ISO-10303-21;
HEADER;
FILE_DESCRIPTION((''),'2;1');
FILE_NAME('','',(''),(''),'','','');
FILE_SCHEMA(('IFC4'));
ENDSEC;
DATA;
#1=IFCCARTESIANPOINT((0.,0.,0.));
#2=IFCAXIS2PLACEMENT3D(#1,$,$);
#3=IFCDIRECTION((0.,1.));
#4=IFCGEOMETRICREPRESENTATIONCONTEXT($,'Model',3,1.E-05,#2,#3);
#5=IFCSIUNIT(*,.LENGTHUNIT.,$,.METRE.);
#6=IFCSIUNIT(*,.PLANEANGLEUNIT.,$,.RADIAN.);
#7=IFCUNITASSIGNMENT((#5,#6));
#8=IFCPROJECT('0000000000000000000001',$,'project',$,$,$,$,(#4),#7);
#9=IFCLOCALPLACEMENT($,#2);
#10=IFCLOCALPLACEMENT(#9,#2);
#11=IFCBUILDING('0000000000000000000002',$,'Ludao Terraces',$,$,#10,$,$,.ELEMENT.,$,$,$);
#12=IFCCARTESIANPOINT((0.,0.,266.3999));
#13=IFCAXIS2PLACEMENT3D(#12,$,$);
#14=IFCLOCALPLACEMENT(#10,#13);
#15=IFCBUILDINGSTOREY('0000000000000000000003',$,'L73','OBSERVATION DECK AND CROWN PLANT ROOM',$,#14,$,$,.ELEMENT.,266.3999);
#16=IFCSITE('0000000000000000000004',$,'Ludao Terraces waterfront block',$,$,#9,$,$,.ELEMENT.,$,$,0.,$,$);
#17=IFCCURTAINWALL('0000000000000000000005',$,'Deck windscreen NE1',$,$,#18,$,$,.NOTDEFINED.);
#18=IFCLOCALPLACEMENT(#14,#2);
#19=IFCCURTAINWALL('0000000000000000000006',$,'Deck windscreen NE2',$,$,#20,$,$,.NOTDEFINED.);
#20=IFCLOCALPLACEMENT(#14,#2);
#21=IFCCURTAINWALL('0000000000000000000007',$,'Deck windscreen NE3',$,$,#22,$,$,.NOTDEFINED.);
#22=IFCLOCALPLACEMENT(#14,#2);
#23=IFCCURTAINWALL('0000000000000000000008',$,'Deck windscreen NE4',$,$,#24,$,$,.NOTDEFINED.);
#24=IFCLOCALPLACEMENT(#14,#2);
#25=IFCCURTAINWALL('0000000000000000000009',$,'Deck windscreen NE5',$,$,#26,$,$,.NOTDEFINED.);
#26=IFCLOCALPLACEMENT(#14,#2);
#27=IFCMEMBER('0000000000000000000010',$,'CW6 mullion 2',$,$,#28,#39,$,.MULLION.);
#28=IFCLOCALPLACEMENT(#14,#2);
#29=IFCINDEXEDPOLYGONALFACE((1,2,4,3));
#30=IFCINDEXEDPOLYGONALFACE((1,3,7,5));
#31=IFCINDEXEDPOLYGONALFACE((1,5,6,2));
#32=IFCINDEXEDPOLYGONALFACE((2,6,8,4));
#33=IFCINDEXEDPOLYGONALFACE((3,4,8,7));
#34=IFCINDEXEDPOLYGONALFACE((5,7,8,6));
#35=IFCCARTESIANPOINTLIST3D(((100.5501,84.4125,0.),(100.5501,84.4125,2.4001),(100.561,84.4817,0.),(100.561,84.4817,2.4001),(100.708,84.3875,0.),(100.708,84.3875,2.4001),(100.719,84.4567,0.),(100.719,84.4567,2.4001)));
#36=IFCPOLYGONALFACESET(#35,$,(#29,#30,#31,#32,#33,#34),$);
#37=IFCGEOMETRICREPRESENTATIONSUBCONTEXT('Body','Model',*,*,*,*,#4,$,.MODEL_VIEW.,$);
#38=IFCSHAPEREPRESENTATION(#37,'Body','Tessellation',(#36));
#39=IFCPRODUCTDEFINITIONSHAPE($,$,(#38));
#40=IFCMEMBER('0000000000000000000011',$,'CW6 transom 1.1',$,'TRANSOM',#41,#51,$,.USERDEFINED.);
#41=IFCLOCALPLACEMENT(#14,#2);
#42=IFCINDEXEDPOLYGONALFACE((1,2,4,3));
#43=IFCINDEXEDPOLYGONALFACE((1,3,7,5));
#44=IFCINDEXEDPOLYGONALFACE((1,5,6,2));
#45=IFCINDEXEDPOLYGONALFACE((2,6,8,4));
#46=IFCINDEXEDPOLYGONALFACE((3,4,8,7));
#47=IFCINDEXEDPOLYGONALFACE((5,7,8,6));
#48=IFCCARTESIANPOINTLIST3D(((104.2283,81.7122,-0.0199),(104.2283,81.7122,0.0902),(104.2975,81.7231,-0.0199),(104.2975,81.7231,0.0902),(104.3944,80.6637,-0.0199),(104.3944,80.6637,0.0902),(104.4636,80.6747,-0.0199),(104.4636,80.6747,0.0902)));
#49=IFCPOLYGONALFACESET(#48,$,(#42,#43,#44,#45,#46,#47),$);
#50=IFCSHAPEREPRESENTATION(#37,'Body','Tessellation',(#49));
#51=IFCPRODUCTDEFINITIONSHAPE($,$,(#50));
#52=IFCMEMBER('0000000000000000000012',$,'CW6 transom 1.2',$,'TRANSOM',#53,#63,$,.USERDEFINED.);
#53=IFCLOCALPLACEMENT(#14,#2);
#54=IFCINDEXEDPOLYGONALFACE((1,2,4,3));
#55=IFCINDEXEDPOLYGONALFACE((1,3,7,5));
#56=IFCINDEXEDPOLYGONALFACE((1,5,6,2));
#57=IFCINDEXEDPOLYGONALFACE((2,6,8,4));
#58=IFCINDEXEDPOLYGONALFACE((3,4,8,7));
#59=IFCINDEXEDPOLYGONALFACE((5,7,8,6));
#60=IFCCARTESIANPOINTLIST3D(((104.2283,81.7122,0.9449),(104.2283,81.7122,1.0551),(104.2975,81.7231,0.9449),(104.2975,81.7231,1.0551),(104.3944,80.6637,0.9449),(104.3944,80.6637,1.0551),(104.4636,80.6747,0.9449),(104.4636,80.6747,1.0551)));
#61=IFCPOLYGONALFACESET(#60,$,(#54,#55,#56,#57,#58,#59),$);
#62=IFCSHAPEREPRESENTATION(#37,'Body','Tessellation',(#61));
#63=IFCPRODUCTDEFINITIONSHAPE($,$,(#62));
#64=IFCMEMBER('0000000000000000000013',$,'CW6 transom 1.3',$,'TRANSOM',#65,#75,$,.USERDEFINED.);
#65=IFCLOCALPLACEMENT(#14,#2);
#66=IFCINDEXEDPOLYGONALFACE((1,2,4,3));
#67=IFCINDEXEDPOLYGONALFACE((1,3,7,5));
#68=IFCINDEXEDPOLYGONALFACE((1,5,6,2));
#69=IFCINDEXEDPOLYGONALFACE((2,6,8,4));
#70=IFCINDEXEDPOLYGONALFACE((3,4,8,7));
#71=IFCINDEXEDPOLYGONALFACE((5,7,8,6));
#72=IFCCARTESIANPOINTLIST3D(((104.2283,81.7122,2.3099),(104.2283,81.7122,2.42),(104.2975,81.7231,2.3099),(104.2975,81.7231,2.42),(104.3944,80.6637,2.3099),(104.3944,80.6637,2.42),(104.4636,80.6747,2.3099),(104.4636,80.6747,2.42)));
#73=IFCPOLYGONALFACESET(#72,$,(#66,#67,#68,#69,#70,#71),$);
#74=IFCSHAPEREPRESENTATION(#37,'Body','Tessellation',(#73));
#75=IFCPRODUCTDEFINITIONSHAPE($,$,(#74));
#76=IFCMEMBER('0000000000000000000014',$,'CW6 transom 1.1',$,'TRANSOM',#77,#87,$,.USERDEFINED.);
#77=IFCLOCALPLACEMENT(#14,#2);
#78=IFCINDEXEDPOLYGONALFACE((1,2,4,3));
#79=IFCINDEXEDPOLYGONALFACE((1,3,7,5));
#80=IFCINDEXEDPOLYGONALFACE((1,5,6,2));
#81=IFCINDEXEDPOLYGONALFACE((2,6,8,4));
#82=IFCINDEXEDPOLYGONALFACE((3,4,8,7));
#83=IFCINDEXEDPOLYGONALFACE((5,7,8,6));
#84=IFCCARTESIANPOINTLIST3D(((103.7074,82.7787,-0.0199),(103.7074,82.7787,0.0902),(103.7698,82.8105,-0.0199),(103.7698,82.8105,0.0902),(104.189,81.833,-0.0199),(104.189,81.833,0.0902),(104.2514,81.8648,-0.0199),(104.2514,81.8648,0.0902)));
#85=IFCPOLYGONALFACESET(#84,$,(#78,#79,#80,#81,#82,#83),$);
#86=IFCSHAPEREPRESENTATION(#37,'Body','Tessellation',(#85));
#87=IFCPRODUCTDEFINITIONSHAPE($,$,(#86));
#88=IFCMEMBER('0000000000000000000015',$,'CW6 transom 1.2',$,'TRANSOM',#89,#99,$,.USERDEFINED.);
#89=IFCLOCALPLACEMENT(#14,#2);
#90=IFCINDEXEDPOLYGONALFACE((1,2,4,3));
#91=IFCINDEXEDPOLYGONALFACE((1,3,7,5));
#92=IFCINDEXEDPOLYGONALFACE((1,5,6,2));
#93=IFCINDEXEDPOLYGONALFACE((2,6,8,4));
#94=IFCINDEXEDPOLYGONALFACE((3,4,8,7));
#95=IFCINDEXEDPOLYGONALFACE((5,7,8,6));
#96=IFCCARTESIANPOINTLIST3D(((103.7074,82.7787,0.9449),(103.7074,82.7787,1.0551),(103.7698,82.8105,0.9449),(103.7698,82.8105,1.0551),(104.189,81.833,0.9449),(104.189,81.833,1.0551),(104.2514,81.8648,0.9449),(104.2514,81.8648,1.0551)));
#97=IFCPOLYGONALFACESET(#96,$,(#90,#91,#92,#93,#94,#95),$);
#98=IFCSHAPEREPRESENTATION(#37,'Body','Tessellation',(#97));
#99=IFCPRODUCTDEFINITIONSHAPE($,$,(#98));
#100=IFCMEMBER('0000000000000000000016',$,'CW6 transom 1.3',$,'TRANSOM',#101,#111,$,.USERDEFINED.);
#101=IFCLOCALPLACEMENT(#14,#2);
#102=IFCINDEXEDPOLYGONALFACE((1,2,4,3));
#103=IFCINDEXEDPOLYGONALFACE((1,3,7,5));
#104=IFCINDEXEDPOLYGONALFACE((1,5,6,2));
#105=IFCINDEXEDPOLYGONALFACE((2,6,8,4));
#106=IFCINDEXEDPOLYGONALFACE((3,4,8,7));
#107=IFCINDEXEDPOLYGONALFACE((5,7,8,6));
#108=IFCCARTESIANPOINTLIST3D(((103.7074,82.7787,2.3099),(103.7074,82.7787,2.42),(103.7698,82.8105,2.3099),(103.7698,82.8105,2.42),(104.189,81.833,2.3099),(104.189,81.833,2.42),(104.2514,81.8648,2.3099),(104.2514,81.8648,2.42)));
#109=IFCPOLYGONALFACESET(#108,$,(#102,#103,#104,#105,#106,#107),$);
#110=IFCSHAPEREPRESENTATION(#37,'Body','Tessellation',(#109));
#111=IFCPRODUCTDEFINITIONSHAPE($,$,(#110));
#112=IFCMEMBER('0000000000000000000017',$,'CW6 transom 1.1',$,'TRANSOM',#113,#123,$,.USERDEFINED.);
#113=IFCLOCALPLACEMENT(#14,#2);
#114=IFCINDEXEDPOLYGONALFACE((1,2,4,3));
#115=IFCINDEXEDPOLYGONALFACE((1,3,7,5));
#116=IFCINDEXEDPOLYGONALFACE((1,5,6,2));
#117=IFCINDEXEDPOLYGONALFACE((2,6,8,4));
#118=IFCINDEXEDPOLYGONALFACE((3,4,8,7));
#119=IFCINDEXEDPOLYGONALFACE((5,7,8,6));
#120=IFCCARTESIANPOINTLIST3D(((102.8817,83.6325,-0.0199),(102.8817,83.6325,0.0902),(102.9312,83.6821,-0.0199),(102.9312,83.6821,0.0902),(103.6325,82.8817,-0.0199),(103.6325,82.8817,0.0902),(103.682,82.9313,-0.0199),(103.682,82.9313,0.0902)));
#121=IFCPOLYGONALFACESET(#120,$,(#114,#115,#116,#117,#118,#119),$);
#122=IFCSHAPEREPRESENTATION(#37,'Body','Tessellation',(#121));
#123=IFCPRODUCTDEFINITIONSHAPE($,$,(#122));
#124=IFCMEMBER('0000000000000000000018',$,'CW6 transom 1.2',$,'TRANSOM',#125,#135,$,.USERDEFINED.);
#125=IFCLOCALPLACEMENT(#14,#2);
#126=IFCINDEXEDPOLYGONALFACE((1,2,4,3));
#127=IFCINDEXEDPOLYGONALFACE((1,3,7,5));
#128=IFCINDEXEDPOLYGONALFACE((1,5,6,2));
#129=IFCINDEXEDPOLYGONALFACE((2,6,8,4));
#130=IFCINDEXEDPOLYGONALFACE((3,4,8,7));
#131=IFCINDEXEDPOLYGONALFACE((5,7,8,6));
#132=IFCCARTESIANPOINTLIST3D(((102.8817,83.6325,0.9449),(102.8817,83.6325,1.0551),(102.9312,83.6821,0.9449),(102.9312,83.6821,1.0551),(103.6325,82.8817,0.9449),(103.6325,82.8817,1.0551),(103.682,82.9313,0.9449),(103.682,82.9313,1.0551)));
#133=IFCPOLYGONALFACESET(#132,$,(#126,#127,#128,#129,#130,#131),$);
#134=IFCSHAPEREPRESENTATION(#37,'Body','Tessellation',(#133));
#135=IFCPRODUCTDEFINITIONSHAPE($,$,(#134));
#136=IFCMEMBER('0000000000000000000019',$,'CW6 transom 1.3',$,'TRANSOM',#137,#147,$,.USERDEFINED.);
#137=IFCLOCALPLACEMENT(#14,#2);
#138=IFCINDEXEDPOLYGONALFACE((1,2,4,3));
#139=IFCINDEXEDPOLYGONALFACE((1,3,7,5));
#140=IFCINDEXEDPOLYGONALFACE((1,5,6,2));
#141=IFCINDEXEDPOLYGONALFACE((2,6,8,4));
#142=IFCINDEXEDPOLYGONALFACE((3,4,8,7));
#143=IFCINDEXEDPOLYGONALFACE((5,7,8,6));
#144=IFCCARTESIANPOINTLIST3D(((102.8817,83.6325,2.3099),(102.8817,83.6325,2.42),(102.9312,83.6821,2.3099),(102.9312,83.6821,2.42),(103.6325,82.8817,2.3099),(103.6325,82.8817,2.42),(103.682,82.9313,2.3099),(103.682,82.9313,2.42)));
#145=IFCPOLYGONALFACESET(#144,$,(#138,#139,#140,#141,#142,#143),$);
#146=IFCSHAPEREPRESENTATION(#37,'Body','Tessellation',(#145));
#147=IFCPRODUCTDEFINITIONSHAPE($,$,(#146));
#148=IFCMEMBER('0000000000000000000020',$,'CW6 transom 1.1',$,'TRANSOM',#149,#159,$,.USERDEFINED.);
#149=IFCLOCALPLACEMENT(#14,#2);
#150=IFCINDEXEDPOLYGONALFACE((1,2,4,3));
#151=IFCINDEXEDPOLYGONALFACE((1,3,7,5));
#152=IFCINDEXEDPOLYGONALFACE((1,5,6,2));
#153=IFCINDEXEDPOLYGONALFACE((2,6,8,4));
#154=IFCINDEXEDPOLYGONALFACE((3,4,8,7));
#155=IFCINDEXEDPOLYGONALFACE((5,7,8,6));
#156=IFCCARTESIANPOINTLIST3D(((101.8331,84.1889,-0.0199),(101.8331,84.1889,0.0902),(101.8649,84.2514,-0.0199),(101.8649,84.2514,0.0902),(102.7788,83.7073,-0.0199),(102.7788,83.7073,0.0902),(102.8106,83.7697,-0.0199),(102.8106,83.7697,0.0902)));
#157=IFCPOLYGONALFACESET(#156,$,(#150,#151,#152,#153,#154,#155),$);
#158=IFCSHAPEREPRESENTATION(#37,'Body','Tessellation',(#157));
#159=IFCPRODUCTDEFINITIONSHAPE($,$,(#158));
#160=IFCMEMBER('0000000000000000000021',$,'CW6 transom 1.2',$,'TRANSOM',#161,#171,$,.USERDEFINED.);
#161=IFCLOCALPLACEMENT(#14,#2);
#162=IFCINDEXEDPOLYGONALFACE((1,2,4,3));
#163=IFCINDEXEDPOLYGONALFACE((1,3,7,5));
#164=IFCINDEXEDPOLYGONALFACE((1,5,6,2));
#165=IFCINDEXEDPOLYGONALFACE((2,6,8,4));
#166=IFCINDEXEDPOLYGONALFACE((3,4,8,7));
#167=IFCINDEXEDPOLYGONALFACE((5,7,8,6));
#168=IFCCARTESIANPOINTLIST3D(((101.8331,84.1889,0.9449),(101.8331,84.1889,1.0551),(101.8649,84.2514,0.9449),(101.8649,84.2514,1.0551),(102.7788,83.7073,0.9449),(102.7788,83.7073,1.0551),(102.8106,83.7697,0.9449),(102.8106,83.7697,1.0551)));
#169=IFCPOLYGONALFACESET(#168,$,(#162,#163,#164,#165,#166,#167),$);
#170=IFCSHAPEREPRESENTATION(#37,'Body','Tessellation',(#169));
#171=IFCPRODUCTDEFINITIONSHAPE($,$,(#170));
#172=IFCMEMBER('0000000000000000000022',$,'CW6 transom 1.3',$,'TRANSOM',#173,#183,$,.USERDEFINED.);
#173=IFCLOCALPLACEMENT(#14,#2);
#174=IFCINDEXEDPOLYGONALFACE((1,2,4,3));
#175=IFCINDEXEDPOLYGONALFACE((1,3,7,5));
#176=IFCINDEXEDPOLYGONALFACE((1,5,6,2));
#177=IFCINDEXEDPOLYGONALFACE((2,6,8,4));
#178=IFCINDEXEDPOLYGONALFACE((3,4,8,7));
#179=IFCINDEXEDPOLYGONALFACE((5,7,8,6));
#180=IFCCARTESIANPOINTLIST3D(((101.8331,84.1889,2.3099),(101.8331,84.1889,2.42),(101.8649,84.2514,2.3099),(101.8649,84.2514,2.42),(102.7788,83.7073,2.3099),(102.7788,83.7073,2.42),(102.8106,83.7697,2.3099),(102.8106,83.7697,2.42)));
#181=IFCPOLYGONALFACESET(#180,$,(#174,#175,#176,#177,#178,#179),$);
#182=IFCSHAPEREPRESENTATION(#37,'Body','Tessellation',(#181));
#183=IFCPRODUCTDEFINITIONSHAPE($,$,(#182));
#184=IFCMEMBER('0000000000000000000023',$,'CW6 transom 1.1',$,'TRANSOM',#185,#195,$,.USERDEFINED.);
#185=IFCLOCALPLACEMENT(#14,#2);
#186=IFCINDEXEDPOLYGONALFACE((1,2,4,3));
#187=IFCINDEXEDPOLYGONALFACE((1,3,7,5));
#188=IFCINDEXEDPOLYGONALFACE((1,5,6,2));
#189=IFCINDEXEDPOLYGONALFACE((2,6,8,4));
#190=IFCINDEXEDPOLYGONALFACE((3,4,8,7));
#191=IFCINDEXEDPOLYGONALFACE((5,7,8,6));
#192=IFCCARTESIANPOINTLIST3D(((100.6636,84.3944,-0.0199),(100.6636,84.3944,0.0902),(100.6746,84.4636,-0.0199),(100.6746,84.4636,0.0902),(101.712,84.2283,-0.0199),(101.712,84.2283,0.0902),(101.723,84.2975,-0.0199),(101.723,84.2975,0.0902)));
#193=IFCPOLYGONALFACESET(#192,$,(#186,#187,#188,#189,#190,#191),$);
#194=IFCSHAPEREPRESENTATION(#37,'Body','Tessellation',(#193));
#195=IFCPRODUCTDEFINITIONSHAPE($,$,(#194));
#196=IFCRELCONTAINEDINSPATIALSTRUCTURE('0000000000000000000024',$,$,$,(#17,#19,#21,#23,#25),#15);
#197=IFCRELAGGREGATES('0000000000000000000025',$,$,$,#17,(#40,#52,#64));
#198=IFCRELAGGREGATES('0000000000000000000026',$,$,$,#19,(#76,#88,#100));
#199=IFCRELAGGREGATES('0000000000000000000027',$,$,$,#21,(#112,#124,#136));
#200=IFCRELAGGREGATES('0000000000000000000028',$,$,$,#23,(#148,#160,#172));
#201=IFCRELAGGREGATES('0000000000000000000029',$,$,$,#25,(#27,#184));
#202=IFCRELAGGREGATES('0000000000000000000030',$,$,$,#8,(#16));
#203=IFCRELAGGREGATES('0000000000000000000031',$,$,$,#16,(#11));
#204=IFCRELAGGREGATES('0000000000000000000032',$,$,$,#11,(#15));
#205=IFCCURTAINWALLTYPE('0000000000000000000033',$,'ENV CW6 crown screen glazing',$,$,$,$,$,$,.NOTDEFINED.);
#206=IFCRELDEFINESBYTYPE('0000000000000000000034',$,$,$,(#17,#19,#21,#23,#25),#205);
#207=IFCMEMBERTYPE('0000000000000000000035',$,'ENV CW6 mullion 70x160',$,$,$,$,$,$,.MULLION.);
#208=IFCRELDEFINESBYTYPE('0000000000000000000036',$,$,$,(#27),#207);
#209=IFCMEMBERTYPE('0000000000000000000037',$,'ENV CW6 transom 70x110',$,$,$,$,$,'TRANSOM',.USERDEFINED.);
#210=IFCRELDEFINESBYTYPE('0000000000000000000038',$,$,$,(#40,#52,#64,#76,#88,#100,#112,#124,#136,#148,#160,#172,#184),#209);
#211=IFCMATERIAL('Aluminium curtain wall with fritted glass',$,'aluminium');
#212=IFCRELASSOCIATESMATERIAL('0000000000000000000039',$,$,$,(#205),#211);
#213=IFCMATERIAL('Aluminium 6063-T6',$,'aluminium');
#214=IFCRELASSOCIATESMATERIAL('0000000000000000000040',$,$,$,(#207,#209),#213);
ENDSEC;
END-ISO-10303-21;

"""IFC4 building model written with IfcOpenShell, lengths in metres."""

from ifc_helpers import new_model, si_unit, direction, frame, origin, origin_2d, place, context, subcontext, project, spatial, rectangle, extrude, material, material_profile, profile_set, type_object, element, aggregate, save


model = new_model("IFC4")

# Units and contexts
model_context = context("Model", 3, precision=1e-05, world=origin(), true_north=direction((0.0, 1.0)))
body_context = subcontext(model_context, "Body", "Model", "MODEL_VIEW")
ifc_project = project(units=[si_unit("LENGTHUNIT", "METRE"), si_unit("PLANEANGLEUNIT", "RADIAN")], contexts=[model_context])

# Site, building, storey
site_placement = place(None, origin())
site = spatial("IfcSite", under=ifc_project, at=site_placement, Name="Ludao Terraces waterfront block", CompositionType="ELEMENT", RefElevation=0.0)
building_placement = place(site_placement, origin())
building = spatial("IfcBuilding", under=site, at=building_placement, Name="Ludao Terraces", CompositionType="ELEMENT")
storey_placement = place(building_placement, frame((0.0, 0.0, 266.3999)))
storey = spatial("IfcBuildingStorey", under=building, at=storey_placement, Name="L73", Description="OBSERVATION DECK AND CROWN PLANT ROOM", CompositionType="ELEMENT", Elevation=266.3999)

# Shared definitions
ifc_material_1 = material(Name="Aluminium curtain wall with fritted glass", Category="aluminium")
curtain_wall_type = type_object("IfcCurtainWallType", Name="ENV CW6 crown screen glazing", PredefinedType="NOTDEFINED", material=ifc_material_1)
ifc_material_2 = material(Name="Aluminium 6063-T6", Category="aluminium")
ifc_material_profile_1 = material_profile(ifc_material_2, rectangle(XDim=0.0701, YDim=0.1599, at=origin_2d()), Name="70 X 160")
ifc_profile_set_1 = profile_set([ifc_material_profile_1], Name="Aluminium 6063-T6")
member_type_1 = type_object("IfcMemberType", Name="ENV CW6 mullion 70x160", PredefinedType="MULLION", material=ifc_profile_set_1)

# Curtain walls, member
curtain_wall_1_placement = place(storey_placement, origin())
curtain_wall_1 = element("IfcCurtainWall", 1, at=curtain_wall_1_placement, inside=storey, type_object=curtain_wall_type, Name="Deck windscreen NE1", PredefinedType="NOTDEFINED")
curtain_wall_2_placement = place(storey_placement, origin())
curtain_wall_2 = element("IfcCurtainWall", 2, at=curtain_wall_2_placement, inside=storey, type_object=curtain_wall_type, Name="Deck windscreen NE2", PredefinedType="NOTDEFINED")
curtain_wall_3_placement = place(storey_placement, origin())
curtain_wall_3 = element("IfcCurtainWall", 3, at=curtain_wall_3_placement, inside=storey, type_object=curtain_wall_type, Name="Deck windscreen NE3", PredefinedType="NOTDEFINED")
curtain_wall_4_placement = place(storey_placement, origin())
curtain_wall_4 = element("IfcCurtainWall", 4, at=curtain_wall_4_placement, inside=storey, type_object=curtain_wall_type, Name="Deck windscreen NE4", PredefinedType="NOTDEFINED")
curtain_wall_5_placement = place(storey_placement, origin())
curtain_wall_5 = element("IfcCurtainWall", 5, at=curtain_wall_5_placement, inside=storey, type_object=curtain_wall_type, Name="Deck windscreen NE5", PredefinedType="NOTDEFINED")
member_1_placement = place(storey_placement, frame((100.6345, 84.4346, 0.0), z_axis=(0.0, 0.0, 1.0), x_axis=(-0.156435, -0.987688, 0.0)))
member_1 = element("IfcMember", 6, at=member_1_placement, type_object=member_type_1, Name="CW6 mullion 2", PredefinedType="MULLION", context=body_context, shape_type="SweptSolid", body=[
    extrude(rectangle(XDim=0.0701, YDim=0.1599, at=origin_2d()), origin(), (0.0, 0.0, 1.0), 2.4001),
])

# Members
ifc_material_profile_2 = material_profile(ifc_material_2, rectangle(XDim=0.0701, YDim=0.1101, at=origin_2d()), Name="70 X 110")
ifc_profile_set_2 = profile_set([ifc_material_profile_2], Name="Aluminium 6063-T6")
member_type_2 = type_object("IfcMemberType", Name="ENV CW6 transom 70x110", ElementType="TRANSOM", PredefinedType="USERDEFINED", material=ifc_profile_set_2)
member_2_placement = place(storey_placement, frame((104.429, 80.6692, 0.0352), z_axis=(-0.156411, 0.987692, 0.0), x_axis=(-0.987692, -0.156411, 0.0)))
member_2 = element("IfcMember", 7, at=member_2_placement, type_object=member_type_2, Name="CW6 transom 1.1", ObjectType="TRANSOM", PredefinedType="USERDEFINED", context=body_context, shape_type="SweptSolid", body=[
    extrude(rectangle(XDim=0.0701, YDim=0.1101, at=origin_2d()), origin(), (0.0, 0.0, 1.0), 1.0615),
])
member_3_placement = place(storey_placement, frame((104.429, 80.6692, 1.0), z_axis=(-0.156411, 0.987692, 0.0), x_axis=(-0.987692, -0.156411, 0.0)))
member_3 = element("IfcMember", 8, at=member_3_placement, type_object=member_type_2, Name="CW6 transom 1.2", ObjectType="TRANSOM", PredefinedType="USERDEFINED", context=body_context, shape_type="SweptSolid", body=[
    extrude(rectangle(XDim=0.0701, YDim=0.1101, at=origin_2d()), origin(), (0.0, 0.0, 1.0), 1.0615),
])
member_4_placement = place(storey_placement, frame((104.429, 80.6692, 2.365), z_axis=(-0.156411, 0.987692, 0.0), x_axis=(-0.987692, -0.156411, 0.0)))
member_4 = element("IfcMember", 9, at=member_4_placement, type_object=member_type_2, Name="CW6 transom 1.3", ObjectType="TRANSOM", PredefinedType="USERDEFINED", context=body_context, shape_type="SweptSolid", body=[
    extrude(rectangle(XDim=0.0701, YDim=0.1101, at=origin_2d()), origin(), (0.0, 0.0, 1.0), 1.0615),
])
member_5_placement = place(storey_placement, frame((104.2202, 81.8489, 0.0352), z_axis=(-0.453826, 0.89109, 0.0), x_axis=(-0.89109, -0.453826, 0.0)))
member_5 = element("IfcMember", 10, at=member_5_placement, type_object=member_type_2, Name="CW6 transom 1.1", ObjectType="TRANSOM", PredefinedType="USERDEFINED", context=body_context, shape_type="SweptSolid", body=[
    extrude(rectangle(XDim=0.0701, YDim=0.1101, at=origin_2d()), origin(), (0.0, 0.0, 1.0), 1.0613),
])
member_6_placement = place(storey_placement, frame((104.2202, 81.8489, 1.0), z_axis=(-0.453826, 0.89109, 0.0), x_axis=(-0.89109, -0.453826, 0.0)))
member_6 = element("IfcMember", 11, at=member_6_placement, type_object=member_type_2, Name="CW6 transom 1.2", ObjectType="TRANSOM", PredefinedType="USERDEFINED", context=body_context, shape_type="SweptSolid", body=[
    extrude(rectangle(XDim=0.0701, YDim=0.1101, at=origin_2d()), origin(), (0.0, 0.0, 1.0), 1.0613),
])
member_7_placement = place(storey_placement, frame((104.2202, 81.8489, 2.365), z_axis=(-0.453826, 0.89109, 0.0), x_axis=(-0.89109, -0.453826, 0.0)))
member_7 = element("IfcMember", 12, at=member_7_placement, type_object=member_type_2, Name="CW6 transom 1.3", ObjectType="TRANSOM", PredefinedType="USERDEFINED", context=body_context, shape_type="SweptSolid", body=[
    extrude(rectangle(XDim=0.0701, YDim=0.1101, at=origin_2d()), origin(), (0.0, 0.0, 1.0), 1.0613),
])
member_8_placement = place(storey_placement, frame((103.6572, 82.9065, 0.0352), z_axis=(-0.707107, 0.707107, 0.0), x_axis=(-0.707107, -0.707107, 0.0)))
member_8 = element("IfcMember", 13, at=member_8_placement, type_object=member_type_2, Name="CW6 transom 1.1", ObjectType="TRANSOM", PredefinedType="USERDEFINED", context=body_context, shape_type="SweptSolid", body=[
    extrude(rectangle(XDim=0.0701, YDim=0.1101, at=origin_2d()), origin(), (0.0, 0.0, 1.0), 1.0618),
])
member_9_placement = place(storey_placement, frame((103.6572, 82.9065, 1.0), z_axis=(-0.707107, 0.707107, 0.0), x_axis=(-0.707107, -0.707107, 0.0)))
member_9 = element("IfcMember", 14, at=member_9_placement, type_object=member_type_2, Name="CW6 transom 1.2", ObjectType="TRANSOM", PredefinedType="USERDEFINED", context=body_context, shape_type="SweptSolid", body=[
    extrude(rectangle(XDim=0.0701, YDim=0.1101, at=origin_2d()), origin(), (0.0, 0.0, 1.0), 1.0618),
])
member_10_placement = place(storey_placement, frame((103.6572, 82.9065, 2.365), z_axis=(-0.707107, 0.707107, 0.0), x_axis=(-0.707107, -0.707107, 0.0)))
member_10 = element("IfcMember", 15, at=member_10_placement, type_object=member_type_2, Name="CW6 transom 1.3", ObjectType="TRANSOM", PredefinedType="USERDEFINED", context=body_context, shape_type="SweptSolid", body=[
    extrude(rectangle(XDim=0.0701, YDim=0.1101, at=origin_2d()), origin(), (0.0, 0.0, 1.0), 1.0618),
])
member_11_placement = place(storey_placement, frame((102.7947, 83.7385, 0.0352), z_axis=(-0.89109, 0.453826, 0.0), x_axis=(-0.453826, -0.89109, 0.0)))
member_11 = element("IfcMember", 16, at=member_11_placement, type_object=member_type_2, Name="CW6 transom 1.1", ObjectType="TRANSOM", PredefinedType="USERDEFINED", context=body_context, shape_type="SweptSolid", body=[
    extrude(rectangle(XDim=0.0701, YDim=0.1101, at=origin_2d()), origin(), (0.0, 0.0, 1.0), 1.0613),
])
member_12_placement = place(storey_placement, frame((102.7947, 83.7385, 1.0), z_axis=(-0.89109, 0.453826, 0.0), x_axis=(-0.453826, -0.89109, 0.0)))
member_12 = element("IfcMember", 17, at=member_12_placement, type_object=member_type_2, Name="CW6 transom 1.2", ObjectType="TRANSOM", PredefinedType="USERDEFINED", context=body_context, shape_type="SweptSolid", body=[
    extrude(rectangle(XDim=0.0701, YDim=0.1101, at=origin_2d()), origin(), (0.0, 0.0, 1.0), 1.0613),
])
member_13_placement = place(storey_placement, frame((102.7947, 83.7385, 2.365), z_axis=(-0.89109, 0.453826, 0.0), x_axis=(-0.453826, -0.89109, 0.0)))
member_13 = element("IfcMember", 18, at=member_13_placement, type_object=member_type_2, Name="CW6 transom 1.3", ObjectType="TRANSOM", PredefinedType="USERDEFINED", context=body_context, shape_type="SweptSolid", body=[
    extrude(rectangle(XDim=0.0701, YDim=0.1101, at=origin_2d()), origin(), (0.0, 0.0, 1.0), 1.0613),
])
member_14_placement = place(storey_placement, frame((101.7175, 84.2629, 0.0352), z_axis=(-0.987692, 0.156411, 0.0), x_axis=(-0.156411, -0.987692, 0.0)))
member_14 = element("IfcMember", 19, at=member_14_placement, type_object=member_type_2, Name="CW6 transom 1.1", ObjectType="TRANSOM", PredefinedType="USERDEFINED", context=body_context, shape_type="SweptSolid", body=[
    extrude(rectangle(XDim=0.0701, YDim=0.1101, at=origin_2d()), origin(), (0.0, 0.0, 1.0), 1.0615),
])

aggregate(curtain_wall_1, [member_2, member_3, member_4])
aggregate(curtain_wall_2, [member_5, member_6, member_7])
aggregate(curtain_wall_3, [member_8, member_9, member_10])
aggregate(curtain_wall_4, [member_11, member_12, member_13])
aggregate(curtain_wall_5, [member_1, member_14])

save(model, "model.ifc")
